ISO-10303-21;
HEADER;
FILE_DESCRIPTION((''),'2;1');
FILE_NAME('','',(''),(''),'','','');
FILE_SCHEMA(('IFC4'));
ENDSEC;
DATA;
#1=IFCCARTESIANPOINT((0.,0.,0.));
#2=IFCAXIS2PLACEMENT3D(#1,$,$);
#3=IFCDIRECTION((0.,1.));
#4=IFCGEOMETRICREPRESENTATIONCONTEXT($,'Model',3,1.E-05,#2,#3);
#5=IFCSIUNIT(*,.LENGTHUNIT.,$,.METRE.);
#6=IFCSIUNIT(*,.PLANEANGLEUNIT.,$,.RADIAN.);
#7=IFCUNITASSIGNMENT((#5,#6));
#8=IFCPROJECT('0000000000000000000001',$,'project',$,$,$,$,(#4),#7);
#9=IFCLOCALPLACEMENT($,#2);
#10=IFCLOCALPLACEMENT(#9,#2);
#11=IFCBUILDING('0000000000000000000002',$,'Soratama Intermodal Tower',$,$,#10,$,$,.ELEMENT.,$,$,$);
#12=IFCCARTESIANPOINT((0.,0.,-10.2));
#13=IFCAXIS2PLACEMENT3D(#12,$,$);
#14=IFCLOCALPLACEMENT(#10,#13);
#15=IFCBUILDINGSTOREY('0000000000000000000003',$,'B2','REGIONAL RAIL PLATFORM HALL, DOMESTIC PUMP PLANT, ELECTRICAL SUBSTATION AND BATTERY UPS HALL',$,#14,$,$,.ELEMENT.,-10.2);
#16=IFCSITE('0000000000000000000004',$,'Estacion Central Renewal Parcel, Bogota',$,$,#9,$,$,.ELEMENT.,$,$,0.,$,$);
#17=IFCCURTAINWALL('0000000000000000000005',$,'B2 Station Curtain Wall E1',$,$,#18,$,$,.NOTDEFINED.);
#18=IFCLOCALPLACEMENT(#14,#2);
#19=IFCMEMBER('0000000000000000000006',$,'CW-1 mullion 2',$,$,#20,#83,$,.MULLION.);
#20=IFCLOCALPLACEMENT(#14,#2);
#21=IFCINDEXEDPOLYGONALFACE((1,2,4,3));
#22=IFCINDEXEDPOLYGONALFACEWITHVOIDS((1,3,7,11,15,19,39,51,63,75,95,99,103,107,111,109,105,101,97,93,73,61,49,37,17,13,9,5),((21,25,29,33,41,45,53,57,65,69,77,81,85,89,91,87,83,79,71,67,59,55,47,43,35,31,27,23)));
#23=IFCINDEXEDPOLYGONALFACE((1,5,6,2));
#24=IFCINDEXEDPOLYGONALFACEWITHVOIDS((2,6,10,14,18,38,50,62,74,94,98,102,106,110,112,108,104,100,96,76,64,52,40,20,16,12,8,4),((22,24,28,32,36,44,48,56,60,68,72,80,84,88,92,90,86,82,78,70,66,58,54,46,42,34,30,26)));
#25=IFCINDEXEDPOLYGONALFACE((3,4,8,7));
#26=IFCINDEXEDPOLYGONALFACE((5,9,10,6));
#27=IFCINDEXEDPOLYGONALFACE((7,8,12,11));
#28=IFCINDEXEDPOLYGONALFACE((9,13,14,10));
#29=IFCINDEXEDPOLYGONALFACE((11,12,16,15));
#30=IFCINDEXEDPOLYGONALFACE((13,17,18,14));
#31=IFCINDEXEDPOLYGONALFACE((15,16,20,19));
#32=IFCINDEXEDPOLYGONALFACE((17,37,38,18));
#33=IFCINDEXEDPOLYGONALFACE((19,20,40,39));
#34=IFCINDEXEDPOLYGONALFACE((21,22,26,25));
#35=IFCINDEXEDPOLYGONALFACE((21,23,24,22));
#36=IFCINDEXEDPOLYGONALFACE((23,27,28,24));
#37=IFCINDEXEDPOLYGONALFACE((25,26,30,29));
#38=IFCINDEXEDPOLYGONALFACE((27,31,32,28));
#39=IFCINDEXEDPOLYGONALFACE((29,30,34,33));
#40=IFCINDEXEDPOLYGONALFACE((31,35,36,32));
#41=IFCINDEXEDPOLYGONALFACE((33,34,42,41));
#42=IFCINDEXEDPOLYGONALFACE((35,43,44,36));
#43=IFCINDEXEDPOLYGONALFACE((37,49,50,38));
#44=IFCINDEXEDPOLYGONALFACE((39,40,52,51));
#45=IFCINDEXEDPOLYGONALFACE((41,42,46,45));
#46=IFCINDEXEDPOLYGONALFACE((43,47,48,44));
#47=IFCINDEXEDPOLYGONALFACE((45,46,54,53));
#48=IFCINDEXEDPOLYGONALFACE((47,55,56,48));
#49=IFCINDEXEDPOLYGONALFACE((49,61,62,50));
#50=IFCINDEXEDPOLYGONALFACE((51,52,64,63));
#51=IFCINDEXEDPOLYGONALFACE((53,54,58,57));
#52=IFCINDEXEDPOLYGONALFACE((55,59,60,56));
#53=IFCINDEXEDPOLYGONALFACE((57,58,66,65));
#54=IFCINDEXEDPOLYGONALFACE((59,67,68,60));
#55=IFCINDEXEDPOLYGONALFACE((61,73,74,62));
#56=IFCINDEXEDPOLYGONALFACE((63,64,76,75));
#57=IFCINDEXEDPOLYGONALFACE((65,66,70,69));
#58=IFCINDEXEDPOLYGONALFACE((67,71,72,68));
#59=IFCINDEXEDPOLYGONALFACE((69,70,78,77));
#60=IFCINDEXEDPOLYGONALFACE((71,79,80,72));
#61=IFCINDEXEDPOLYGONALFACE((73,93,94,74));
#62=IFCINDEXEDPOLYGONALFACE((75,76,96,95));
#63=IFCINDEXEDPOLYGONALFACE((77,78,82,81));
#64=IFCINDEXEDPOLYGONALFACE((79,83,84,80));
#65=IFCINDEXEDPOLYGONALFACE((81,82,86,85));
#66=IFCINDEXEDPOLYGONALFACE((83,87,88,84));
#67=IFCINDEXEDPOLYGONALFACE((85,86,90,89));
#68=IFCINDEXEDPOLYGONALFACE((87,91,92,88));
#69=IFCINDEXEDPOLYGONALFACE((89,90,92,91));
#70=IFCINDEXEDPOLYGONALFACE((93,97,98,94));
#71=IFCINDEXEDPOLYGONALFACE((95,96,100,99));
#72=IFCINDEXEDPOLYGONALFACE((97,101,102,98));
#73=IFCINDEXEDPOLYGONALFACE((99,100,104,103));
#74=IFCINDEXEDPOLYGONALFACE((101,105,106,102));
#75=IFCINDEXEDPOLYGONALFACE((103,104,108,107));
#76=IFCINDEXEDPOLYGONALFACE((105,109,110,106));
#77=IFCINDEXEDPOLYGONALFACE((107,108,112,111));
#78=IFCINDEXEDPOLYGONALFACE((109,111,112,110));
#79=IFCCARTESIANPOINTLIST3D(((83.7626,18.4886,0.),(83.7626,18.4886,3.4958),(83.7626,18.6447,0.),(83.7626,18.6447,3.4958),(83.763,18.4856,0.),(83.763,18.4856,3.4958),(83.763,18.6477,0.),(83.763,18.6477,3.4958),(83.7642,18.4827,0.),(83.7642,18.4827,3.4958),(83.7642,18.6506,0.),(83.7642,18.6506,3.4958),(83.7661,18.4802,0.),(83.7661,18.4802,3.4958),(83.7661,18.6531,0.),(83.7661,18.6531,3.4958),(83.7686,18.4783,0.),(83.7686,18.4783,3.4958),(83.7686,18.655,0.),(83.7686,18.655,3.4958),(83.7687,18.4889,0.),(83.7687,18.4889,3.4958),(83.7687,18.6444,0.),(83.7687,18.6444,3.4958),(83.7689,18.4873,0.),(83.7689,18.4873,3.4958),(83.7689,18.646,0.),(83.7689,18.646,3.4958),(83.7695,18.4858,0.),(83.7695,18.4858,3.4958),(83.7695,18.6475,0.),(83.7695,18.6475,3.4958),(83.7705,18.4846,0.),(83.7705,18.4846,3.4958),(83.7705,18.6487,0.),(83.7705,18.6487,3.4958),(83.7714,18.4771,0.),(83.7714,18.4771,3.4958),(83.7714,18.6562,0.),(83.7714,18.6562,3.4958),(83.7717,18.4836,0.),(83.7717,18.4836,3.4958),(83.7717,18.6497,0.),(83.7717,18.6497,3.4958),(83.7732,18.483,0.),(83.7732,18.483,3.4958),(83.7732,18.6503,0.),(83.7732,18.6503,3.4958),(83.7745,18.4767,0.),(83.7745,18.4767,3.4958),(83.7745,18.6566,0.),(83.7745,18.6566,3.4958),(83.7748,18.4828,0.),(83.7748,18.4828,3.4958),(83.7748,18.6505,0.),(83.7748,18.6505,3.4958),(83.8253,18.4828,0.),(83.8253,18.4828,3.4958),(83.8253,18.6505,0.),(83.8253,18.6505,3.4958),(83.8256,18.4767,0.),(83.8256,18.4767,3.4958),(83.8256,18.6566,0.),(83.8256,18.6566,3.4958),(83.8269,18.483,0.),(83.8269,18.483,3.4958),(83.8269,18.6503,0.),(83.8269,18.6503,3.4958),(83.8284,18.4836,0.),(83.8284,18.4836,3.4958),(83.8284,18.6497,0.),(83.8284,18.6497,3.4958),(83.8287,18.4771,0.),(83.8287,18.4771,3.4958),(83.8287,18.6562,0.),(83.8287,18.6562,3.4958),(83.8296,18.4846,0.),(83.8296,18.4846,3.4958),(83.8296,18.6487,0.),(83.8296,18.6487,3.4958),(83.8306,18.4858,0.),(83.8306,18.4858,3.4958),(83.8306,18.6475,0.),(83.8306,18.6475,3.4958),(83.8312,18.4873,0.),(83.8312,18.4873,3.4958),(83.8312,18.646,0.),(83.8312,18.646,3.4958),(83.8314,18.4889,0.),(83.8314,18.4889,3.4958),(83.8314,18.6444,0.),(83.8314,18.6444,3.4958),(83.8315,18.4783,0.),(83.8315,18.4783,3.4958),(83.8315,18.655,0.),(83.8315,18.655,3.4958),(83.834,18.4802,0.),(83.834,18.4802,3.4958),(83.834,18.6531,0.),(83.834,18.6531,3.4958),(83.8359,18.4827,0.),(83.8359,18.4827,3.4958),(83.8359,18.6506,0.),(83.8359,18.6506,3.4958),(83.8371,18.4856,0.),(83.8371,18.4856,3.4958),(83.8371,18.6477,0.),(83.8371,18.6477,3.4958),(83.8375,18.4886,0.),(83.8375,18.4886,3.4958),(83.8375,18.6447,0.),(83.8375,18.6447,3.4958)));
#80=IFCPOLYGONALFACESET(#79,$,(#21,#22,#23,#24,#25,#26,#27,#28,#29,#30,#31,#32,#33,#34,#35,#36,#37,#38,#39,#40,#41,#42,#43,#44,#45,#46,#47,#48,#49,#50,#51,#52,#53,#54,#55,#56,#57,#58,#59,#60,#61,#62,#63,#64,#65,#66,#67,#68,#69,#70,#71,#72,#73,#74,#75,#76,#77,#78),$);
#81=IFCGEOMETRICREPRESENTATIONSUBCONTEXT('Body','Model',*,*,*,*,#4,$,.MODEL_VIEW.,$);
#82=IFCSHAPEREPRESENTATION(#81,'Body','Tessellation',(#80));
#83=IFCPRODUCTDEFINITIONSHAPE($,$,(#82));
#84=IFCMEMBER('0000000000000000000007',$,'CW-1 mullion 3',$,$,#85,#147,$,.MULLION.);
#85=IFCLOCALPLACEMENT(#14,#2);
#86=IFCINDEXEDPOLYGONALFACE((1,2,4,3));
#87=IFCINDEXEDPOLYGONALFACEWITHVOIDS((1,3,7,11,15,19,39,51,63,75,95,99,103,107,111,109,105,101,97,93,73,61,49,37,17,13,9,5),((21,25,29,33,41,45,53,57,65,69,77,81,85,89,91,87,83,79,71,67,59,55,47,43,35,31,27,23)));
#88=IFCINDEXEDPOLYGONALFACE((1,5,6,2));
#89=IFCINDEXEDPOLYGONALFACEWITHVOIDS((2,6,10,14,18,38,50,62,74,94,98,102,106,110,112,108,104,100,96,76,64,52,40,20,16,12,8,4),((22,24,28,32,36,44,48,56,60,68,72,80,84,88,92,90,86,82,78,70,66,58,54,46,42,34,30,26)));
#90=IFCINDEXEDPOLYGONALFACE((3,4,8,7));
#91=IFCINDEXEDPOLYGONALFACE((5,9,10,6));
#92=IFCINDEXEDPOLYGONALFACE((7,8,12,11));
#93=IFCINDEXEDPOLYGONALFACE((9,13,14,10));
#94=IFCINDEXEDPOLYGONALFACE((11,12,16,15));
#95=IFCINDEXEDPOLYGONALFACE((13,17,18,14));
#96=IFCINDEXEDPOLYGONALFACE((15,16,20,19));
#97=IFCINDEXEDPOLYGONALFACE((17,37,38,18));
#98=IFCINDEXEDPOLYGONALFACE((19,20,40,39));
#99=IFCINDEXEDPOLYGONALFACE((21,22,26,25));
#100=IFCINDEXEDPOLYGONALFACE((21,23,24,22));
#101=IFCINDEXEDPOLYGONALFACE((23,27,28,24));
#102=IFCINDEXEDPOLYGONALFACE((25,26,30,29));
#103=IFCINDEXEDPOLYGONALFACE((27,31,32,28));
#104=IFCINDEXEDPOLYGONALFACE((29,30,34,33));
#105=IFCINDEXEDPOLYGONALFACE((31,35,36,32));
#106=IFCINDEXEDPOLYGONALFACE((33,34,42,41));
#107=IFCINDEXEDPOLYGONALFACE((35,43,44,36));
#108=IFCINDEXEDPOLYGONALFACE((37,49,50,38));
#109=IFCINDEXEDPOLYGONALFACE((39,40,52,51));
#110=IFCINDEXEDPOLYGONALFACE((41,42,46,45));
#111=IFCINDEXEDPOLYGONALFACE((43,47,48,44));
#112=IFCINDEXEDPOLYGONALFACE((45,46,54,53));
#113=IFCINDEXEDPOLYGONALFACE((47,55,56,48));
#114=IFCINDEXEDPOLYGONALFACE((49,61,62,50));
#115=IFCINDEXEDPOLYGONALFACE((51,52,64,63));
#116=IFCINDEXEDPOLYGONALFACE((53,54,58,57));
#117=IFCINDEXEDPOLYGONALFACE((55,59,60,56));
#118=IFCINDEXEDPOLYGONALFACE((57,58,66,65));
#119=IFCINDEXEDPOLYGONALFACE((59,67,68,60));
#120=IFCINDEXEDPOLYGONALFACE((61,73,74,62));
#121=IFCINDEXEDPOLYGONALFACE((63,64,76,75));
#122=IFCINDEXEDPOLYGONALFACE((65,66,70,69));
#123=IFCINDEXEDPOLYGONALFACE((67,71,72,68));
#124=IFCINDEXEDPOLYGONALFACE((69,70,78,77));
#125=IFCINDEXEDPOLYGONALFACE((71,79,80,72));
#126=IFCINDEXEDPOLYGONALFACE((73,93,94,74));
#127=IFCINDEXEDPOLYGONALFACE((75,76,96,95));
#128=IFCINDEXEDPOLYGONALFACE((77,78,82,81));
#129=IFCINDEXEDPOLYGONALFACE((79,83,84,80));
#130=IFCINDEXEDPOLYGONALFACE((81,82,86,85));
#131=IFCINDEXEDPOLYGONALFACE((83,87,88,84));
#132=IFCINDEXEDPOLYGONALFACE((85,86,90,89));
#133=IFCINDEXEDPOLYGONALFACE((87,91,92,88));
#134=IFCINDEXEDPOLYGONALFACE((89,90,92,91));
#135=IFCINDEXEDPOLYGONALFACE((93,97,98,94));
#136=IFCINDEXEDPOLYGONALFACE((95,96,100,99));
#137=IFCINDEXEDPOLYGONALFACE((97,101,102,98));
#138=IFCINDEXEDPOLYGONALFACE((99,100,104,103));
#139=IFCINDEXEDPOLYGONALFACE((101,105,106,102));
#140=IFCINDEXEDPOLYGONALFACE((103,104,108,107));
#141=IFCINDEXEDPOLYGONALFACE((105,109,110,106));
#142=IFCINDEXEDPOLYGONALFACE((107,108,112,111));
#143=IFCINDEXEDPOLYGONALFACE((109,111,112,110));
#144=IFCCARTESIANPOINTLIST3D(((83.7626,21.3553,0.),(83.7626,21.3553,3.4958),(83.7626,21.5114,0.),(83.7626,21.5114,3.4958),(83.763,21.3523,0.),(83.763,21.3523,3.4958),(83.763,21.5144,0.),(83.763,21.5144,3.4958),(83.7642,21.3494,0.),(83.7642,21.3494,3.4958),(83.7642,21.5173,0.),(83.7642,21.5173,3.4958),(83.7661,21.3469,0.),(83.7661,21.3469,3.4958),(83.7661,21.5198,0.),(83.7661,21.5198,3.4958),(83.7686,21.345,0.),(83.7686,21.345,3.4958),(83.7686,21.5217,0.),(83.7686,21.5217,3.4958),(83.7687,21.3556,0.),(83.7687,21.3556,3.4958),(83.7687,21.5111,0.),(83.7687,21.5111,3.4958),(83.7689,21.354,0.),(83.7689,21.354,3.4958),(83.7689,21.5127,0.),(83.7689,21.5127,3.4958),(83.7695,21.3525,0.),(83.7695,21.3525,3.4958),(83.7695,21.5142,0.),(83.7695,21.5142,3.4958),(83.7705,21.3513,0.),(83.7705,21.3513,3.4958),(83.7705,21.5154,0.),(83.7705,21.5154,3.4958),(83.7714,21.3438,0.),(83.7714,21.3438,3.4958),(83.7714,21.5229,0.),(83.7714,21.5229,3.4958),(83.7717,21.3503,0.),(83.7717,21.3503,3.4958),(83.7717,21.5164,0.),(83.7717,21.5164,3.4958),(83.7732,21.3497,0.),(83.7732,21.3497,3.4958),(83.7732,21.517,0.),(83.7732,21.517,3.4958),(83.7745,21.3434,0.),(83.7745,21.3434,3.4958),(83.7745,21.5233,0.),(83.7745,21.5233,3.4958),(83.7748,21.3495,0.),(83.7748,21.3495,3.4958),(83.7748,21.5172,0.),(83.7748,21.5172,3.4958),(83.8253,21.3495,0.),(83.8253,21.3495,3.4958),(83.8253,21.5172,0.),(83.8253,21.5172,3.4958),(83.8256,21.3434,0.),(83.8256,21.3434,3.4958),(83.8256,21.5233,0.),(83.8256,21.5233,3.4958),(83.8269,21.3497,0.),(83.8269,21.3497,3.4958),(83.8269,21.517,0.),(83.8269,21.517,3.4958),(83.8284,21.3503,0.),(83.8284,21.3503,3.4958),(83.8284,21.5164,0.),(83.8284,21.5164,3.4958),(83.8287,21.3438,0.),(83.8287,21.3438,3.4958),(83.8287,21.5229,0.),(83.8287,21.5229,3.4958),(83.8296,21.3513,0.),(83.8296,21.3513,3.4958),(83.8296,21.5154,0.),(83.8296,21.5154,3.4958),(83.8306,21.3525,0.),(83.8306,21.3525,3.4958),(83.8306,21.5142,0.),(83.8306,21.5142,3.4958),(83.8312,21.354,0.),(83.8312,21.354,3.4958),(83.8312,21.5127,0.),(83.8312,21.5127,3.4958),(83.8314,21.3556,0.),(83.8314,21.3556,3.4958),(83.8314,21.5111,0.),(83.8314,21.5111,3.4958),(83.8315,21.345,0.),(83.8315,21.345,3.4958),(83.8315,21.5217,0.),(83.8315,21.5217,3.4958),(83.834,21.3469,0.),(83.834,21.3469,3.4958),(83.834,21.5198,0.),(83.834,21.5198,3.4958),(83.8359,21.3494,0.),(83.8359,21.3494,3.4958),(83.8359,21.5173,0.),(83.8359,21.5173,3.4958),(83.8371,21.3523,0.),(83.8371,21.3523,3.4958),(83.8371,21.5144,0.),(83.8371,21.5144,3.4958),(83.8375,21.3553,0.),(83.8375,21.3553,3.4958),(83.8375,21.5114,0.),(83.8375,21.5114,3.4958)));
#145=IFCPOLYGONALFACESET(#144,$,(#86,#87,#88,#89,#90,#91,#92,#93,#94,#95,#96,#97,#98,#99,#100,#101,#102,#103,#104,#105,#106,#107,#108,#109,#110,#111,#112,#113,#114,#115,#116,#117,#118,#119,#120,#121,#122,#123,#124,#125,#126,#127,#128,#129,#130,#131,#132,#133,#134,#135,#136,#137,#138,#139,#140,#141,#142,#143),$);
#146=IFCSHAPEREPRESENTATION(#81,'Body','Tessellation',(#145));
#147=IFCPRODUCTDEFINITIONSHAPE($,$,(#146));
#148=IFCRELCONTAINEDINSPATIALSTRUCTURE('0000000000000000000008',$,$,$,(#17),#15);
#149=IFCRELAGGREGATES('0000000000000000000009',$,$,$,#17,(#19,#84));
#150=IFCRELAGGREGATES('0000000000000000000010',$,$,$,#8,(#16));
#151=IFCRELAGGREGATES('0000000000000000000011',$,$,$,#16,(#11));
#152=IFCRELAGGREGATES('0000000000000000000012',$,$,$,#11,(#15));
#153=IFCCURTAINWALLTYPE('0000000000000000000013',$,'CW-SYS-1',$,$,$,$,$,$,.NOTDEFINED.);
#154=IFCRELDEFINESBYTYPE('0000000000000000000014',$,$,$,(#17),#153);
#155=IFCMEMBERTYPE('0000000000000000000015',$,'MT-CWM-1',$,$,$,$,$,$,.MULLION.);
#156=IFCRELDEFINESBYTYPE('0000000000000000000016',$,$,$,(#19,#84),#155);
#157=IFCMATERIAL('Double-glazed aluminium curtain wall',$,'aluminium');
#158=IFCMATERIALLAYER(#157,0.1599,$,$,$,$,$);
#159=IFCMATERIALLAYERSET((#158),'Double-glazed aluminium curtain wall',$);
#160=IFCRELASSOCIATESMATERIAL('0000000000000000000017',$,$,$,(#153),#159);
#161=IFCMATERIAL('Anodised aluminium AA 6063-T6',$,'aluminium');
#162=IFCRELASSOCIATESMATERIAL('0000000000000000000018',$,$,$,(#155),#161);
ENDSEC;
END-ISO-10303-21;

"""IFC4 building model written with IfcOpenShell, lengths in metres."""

from ifc_helpers import new_model, si_unit, direction, frame, origin, origin_2d, place, context, subcontext, project, spatial, hollow_rectangle, extrude, material, layer, layer_set, material_profile, profile_set, type_object, element, aggregate, save


model = new_model("IFC4")

# Units and contexts
model_context = context("Model", 3, precision=1e-05, world=origin(), true_north=direction((0.0, 1.0)))
body_context = subcontext(model_context, "Body", "Model", "MODEL_VIEW")
ifc_project = project(units=[si_unit("LENGTHUNIT", "METRE"), si_unit("PLANEANGLEUNIT", "RADIAN")], contexts=[model_context])

# Site, building, storey
site_placement = place(None, origin())
site = spatial("IfcSite", under=ifc_project, at=site_placement, Name="Estacion Central Renewal Parcel, Bogota", CompositionType="ELEMENT", RefElevation=0.0)
building_placement = place(site_placement, origin())
building = spatial("IfcBuilding", under=site, at=building_placement, Name="Soratama Intermodal Tower", CompositionType="ELEMENT")
storey_placement = place(building_placement, frame((0.0, 0.0, -10.2)))
storey = spatial("IfcBuildingStorey", under=building, at=storey_placement, Name="B2", Description="REGIONAL RAIL PLATFORM HALL, DOMESTIC PUMP PLANT, ELECTRICAL SUBSTATION AND BATTERY UPS HALL", CompositionType="ELEMENT", Elevation=-10.2)

# Curtain wall, members
ifc_material_1 = material(Name="Double-glazed aluminium curtain wall", Category="aluminium")
ifc_layer_1 = layer(ifc_material_1, 0.1599)
ifc_layer_set_1 = layer_set([ifc_layer_1], Name="Double-glazed aluminium curtain wall")
curtain_wall_type = type_object("IfcCurtainWallType", Name="CW-SYS-1", PredefinedType="NOTDEFINED", material=ifc_layer_set_1)
curtain_wall_placement = place(storey_placement, origin())
curtain_wall = element("IfcCurtainWall", 1, at=curtain_wall_placement, inside=storey, type_object=curtain_wall_type, Name="B2 Station Curtain Wall E1", PredefinedType="NOTDEFINED")
ifc_material_2 = material(Name="Anodised aluminium AA 6063-T6", Category="aluminium")
ifc_material_profile_1 = material_profile(ifc_material_2, hollow_rectangle(XDim=0.075, YDim=0.1799, WallThickness=0.0061, InnerFilletRadius=0.0061, OuterFilletRadius=0.012, at=origin_2d()), Name="CWM180X75X6")
ifc_profile_set_1 = profile_set([ifc_material_profile_1], Name="Anodised aluminium AA 6063-T6")
member_type_1 = type_object("IfcMemberType", Name="MT-CWM-1", PredefinedType="MULLION", material=ifc_profile_set_1)
member_1_placement = place(storey_placement, frame((83.8, 18.5667, 0.0), z_axis=(0.0, 0.0, 1.0), x_axis=(-1.0, 0.0, 0.0)))
member_1 = element("IfcMember", 2, at=member_1_placement, type_object=member_type_1, Name="CW-1 mullion 2", PredefinedType="MULLION", context=body_context, shape_type="SweptSolid", body=[
    extrude(hollow_rectangle(XDim=0.075, YDim=0.1799, WallThickness=0.0061, InnerFilletRadius=0.0061, OuterFilletRadius=0.012, at=origin_2d()), origin(), (0.0, 0.0, 1.0), 3.4958),
])
member_2_placement = place(storey_placement, frame((83.8, 21.4333, 0.0), z_axis=(0.0, 0.0, 1.0), x_axis=(-1.0, 0.0, 0.0)))
member_2 = element("IfcMember", 3, at=member_2_placement, type_object=member_type_1, Name="CW-1 mullion 3", PredefinedType="MULLION", context=body_context, shape_type="SweptSolid", body=[
    extrude(hollow_rectangle(XDim=0.075, YDim=0.1799, WallThickness=0.0061, InnerFilletRadius=0.0061, OuterFilletRadius=0.012, at=origin_2d()), origin(), (0.0, 0.0, 1.0), 3.4958),
])
aggregate(curtain_wall, [member_1, member_2])

save(model, "model.ifc")
